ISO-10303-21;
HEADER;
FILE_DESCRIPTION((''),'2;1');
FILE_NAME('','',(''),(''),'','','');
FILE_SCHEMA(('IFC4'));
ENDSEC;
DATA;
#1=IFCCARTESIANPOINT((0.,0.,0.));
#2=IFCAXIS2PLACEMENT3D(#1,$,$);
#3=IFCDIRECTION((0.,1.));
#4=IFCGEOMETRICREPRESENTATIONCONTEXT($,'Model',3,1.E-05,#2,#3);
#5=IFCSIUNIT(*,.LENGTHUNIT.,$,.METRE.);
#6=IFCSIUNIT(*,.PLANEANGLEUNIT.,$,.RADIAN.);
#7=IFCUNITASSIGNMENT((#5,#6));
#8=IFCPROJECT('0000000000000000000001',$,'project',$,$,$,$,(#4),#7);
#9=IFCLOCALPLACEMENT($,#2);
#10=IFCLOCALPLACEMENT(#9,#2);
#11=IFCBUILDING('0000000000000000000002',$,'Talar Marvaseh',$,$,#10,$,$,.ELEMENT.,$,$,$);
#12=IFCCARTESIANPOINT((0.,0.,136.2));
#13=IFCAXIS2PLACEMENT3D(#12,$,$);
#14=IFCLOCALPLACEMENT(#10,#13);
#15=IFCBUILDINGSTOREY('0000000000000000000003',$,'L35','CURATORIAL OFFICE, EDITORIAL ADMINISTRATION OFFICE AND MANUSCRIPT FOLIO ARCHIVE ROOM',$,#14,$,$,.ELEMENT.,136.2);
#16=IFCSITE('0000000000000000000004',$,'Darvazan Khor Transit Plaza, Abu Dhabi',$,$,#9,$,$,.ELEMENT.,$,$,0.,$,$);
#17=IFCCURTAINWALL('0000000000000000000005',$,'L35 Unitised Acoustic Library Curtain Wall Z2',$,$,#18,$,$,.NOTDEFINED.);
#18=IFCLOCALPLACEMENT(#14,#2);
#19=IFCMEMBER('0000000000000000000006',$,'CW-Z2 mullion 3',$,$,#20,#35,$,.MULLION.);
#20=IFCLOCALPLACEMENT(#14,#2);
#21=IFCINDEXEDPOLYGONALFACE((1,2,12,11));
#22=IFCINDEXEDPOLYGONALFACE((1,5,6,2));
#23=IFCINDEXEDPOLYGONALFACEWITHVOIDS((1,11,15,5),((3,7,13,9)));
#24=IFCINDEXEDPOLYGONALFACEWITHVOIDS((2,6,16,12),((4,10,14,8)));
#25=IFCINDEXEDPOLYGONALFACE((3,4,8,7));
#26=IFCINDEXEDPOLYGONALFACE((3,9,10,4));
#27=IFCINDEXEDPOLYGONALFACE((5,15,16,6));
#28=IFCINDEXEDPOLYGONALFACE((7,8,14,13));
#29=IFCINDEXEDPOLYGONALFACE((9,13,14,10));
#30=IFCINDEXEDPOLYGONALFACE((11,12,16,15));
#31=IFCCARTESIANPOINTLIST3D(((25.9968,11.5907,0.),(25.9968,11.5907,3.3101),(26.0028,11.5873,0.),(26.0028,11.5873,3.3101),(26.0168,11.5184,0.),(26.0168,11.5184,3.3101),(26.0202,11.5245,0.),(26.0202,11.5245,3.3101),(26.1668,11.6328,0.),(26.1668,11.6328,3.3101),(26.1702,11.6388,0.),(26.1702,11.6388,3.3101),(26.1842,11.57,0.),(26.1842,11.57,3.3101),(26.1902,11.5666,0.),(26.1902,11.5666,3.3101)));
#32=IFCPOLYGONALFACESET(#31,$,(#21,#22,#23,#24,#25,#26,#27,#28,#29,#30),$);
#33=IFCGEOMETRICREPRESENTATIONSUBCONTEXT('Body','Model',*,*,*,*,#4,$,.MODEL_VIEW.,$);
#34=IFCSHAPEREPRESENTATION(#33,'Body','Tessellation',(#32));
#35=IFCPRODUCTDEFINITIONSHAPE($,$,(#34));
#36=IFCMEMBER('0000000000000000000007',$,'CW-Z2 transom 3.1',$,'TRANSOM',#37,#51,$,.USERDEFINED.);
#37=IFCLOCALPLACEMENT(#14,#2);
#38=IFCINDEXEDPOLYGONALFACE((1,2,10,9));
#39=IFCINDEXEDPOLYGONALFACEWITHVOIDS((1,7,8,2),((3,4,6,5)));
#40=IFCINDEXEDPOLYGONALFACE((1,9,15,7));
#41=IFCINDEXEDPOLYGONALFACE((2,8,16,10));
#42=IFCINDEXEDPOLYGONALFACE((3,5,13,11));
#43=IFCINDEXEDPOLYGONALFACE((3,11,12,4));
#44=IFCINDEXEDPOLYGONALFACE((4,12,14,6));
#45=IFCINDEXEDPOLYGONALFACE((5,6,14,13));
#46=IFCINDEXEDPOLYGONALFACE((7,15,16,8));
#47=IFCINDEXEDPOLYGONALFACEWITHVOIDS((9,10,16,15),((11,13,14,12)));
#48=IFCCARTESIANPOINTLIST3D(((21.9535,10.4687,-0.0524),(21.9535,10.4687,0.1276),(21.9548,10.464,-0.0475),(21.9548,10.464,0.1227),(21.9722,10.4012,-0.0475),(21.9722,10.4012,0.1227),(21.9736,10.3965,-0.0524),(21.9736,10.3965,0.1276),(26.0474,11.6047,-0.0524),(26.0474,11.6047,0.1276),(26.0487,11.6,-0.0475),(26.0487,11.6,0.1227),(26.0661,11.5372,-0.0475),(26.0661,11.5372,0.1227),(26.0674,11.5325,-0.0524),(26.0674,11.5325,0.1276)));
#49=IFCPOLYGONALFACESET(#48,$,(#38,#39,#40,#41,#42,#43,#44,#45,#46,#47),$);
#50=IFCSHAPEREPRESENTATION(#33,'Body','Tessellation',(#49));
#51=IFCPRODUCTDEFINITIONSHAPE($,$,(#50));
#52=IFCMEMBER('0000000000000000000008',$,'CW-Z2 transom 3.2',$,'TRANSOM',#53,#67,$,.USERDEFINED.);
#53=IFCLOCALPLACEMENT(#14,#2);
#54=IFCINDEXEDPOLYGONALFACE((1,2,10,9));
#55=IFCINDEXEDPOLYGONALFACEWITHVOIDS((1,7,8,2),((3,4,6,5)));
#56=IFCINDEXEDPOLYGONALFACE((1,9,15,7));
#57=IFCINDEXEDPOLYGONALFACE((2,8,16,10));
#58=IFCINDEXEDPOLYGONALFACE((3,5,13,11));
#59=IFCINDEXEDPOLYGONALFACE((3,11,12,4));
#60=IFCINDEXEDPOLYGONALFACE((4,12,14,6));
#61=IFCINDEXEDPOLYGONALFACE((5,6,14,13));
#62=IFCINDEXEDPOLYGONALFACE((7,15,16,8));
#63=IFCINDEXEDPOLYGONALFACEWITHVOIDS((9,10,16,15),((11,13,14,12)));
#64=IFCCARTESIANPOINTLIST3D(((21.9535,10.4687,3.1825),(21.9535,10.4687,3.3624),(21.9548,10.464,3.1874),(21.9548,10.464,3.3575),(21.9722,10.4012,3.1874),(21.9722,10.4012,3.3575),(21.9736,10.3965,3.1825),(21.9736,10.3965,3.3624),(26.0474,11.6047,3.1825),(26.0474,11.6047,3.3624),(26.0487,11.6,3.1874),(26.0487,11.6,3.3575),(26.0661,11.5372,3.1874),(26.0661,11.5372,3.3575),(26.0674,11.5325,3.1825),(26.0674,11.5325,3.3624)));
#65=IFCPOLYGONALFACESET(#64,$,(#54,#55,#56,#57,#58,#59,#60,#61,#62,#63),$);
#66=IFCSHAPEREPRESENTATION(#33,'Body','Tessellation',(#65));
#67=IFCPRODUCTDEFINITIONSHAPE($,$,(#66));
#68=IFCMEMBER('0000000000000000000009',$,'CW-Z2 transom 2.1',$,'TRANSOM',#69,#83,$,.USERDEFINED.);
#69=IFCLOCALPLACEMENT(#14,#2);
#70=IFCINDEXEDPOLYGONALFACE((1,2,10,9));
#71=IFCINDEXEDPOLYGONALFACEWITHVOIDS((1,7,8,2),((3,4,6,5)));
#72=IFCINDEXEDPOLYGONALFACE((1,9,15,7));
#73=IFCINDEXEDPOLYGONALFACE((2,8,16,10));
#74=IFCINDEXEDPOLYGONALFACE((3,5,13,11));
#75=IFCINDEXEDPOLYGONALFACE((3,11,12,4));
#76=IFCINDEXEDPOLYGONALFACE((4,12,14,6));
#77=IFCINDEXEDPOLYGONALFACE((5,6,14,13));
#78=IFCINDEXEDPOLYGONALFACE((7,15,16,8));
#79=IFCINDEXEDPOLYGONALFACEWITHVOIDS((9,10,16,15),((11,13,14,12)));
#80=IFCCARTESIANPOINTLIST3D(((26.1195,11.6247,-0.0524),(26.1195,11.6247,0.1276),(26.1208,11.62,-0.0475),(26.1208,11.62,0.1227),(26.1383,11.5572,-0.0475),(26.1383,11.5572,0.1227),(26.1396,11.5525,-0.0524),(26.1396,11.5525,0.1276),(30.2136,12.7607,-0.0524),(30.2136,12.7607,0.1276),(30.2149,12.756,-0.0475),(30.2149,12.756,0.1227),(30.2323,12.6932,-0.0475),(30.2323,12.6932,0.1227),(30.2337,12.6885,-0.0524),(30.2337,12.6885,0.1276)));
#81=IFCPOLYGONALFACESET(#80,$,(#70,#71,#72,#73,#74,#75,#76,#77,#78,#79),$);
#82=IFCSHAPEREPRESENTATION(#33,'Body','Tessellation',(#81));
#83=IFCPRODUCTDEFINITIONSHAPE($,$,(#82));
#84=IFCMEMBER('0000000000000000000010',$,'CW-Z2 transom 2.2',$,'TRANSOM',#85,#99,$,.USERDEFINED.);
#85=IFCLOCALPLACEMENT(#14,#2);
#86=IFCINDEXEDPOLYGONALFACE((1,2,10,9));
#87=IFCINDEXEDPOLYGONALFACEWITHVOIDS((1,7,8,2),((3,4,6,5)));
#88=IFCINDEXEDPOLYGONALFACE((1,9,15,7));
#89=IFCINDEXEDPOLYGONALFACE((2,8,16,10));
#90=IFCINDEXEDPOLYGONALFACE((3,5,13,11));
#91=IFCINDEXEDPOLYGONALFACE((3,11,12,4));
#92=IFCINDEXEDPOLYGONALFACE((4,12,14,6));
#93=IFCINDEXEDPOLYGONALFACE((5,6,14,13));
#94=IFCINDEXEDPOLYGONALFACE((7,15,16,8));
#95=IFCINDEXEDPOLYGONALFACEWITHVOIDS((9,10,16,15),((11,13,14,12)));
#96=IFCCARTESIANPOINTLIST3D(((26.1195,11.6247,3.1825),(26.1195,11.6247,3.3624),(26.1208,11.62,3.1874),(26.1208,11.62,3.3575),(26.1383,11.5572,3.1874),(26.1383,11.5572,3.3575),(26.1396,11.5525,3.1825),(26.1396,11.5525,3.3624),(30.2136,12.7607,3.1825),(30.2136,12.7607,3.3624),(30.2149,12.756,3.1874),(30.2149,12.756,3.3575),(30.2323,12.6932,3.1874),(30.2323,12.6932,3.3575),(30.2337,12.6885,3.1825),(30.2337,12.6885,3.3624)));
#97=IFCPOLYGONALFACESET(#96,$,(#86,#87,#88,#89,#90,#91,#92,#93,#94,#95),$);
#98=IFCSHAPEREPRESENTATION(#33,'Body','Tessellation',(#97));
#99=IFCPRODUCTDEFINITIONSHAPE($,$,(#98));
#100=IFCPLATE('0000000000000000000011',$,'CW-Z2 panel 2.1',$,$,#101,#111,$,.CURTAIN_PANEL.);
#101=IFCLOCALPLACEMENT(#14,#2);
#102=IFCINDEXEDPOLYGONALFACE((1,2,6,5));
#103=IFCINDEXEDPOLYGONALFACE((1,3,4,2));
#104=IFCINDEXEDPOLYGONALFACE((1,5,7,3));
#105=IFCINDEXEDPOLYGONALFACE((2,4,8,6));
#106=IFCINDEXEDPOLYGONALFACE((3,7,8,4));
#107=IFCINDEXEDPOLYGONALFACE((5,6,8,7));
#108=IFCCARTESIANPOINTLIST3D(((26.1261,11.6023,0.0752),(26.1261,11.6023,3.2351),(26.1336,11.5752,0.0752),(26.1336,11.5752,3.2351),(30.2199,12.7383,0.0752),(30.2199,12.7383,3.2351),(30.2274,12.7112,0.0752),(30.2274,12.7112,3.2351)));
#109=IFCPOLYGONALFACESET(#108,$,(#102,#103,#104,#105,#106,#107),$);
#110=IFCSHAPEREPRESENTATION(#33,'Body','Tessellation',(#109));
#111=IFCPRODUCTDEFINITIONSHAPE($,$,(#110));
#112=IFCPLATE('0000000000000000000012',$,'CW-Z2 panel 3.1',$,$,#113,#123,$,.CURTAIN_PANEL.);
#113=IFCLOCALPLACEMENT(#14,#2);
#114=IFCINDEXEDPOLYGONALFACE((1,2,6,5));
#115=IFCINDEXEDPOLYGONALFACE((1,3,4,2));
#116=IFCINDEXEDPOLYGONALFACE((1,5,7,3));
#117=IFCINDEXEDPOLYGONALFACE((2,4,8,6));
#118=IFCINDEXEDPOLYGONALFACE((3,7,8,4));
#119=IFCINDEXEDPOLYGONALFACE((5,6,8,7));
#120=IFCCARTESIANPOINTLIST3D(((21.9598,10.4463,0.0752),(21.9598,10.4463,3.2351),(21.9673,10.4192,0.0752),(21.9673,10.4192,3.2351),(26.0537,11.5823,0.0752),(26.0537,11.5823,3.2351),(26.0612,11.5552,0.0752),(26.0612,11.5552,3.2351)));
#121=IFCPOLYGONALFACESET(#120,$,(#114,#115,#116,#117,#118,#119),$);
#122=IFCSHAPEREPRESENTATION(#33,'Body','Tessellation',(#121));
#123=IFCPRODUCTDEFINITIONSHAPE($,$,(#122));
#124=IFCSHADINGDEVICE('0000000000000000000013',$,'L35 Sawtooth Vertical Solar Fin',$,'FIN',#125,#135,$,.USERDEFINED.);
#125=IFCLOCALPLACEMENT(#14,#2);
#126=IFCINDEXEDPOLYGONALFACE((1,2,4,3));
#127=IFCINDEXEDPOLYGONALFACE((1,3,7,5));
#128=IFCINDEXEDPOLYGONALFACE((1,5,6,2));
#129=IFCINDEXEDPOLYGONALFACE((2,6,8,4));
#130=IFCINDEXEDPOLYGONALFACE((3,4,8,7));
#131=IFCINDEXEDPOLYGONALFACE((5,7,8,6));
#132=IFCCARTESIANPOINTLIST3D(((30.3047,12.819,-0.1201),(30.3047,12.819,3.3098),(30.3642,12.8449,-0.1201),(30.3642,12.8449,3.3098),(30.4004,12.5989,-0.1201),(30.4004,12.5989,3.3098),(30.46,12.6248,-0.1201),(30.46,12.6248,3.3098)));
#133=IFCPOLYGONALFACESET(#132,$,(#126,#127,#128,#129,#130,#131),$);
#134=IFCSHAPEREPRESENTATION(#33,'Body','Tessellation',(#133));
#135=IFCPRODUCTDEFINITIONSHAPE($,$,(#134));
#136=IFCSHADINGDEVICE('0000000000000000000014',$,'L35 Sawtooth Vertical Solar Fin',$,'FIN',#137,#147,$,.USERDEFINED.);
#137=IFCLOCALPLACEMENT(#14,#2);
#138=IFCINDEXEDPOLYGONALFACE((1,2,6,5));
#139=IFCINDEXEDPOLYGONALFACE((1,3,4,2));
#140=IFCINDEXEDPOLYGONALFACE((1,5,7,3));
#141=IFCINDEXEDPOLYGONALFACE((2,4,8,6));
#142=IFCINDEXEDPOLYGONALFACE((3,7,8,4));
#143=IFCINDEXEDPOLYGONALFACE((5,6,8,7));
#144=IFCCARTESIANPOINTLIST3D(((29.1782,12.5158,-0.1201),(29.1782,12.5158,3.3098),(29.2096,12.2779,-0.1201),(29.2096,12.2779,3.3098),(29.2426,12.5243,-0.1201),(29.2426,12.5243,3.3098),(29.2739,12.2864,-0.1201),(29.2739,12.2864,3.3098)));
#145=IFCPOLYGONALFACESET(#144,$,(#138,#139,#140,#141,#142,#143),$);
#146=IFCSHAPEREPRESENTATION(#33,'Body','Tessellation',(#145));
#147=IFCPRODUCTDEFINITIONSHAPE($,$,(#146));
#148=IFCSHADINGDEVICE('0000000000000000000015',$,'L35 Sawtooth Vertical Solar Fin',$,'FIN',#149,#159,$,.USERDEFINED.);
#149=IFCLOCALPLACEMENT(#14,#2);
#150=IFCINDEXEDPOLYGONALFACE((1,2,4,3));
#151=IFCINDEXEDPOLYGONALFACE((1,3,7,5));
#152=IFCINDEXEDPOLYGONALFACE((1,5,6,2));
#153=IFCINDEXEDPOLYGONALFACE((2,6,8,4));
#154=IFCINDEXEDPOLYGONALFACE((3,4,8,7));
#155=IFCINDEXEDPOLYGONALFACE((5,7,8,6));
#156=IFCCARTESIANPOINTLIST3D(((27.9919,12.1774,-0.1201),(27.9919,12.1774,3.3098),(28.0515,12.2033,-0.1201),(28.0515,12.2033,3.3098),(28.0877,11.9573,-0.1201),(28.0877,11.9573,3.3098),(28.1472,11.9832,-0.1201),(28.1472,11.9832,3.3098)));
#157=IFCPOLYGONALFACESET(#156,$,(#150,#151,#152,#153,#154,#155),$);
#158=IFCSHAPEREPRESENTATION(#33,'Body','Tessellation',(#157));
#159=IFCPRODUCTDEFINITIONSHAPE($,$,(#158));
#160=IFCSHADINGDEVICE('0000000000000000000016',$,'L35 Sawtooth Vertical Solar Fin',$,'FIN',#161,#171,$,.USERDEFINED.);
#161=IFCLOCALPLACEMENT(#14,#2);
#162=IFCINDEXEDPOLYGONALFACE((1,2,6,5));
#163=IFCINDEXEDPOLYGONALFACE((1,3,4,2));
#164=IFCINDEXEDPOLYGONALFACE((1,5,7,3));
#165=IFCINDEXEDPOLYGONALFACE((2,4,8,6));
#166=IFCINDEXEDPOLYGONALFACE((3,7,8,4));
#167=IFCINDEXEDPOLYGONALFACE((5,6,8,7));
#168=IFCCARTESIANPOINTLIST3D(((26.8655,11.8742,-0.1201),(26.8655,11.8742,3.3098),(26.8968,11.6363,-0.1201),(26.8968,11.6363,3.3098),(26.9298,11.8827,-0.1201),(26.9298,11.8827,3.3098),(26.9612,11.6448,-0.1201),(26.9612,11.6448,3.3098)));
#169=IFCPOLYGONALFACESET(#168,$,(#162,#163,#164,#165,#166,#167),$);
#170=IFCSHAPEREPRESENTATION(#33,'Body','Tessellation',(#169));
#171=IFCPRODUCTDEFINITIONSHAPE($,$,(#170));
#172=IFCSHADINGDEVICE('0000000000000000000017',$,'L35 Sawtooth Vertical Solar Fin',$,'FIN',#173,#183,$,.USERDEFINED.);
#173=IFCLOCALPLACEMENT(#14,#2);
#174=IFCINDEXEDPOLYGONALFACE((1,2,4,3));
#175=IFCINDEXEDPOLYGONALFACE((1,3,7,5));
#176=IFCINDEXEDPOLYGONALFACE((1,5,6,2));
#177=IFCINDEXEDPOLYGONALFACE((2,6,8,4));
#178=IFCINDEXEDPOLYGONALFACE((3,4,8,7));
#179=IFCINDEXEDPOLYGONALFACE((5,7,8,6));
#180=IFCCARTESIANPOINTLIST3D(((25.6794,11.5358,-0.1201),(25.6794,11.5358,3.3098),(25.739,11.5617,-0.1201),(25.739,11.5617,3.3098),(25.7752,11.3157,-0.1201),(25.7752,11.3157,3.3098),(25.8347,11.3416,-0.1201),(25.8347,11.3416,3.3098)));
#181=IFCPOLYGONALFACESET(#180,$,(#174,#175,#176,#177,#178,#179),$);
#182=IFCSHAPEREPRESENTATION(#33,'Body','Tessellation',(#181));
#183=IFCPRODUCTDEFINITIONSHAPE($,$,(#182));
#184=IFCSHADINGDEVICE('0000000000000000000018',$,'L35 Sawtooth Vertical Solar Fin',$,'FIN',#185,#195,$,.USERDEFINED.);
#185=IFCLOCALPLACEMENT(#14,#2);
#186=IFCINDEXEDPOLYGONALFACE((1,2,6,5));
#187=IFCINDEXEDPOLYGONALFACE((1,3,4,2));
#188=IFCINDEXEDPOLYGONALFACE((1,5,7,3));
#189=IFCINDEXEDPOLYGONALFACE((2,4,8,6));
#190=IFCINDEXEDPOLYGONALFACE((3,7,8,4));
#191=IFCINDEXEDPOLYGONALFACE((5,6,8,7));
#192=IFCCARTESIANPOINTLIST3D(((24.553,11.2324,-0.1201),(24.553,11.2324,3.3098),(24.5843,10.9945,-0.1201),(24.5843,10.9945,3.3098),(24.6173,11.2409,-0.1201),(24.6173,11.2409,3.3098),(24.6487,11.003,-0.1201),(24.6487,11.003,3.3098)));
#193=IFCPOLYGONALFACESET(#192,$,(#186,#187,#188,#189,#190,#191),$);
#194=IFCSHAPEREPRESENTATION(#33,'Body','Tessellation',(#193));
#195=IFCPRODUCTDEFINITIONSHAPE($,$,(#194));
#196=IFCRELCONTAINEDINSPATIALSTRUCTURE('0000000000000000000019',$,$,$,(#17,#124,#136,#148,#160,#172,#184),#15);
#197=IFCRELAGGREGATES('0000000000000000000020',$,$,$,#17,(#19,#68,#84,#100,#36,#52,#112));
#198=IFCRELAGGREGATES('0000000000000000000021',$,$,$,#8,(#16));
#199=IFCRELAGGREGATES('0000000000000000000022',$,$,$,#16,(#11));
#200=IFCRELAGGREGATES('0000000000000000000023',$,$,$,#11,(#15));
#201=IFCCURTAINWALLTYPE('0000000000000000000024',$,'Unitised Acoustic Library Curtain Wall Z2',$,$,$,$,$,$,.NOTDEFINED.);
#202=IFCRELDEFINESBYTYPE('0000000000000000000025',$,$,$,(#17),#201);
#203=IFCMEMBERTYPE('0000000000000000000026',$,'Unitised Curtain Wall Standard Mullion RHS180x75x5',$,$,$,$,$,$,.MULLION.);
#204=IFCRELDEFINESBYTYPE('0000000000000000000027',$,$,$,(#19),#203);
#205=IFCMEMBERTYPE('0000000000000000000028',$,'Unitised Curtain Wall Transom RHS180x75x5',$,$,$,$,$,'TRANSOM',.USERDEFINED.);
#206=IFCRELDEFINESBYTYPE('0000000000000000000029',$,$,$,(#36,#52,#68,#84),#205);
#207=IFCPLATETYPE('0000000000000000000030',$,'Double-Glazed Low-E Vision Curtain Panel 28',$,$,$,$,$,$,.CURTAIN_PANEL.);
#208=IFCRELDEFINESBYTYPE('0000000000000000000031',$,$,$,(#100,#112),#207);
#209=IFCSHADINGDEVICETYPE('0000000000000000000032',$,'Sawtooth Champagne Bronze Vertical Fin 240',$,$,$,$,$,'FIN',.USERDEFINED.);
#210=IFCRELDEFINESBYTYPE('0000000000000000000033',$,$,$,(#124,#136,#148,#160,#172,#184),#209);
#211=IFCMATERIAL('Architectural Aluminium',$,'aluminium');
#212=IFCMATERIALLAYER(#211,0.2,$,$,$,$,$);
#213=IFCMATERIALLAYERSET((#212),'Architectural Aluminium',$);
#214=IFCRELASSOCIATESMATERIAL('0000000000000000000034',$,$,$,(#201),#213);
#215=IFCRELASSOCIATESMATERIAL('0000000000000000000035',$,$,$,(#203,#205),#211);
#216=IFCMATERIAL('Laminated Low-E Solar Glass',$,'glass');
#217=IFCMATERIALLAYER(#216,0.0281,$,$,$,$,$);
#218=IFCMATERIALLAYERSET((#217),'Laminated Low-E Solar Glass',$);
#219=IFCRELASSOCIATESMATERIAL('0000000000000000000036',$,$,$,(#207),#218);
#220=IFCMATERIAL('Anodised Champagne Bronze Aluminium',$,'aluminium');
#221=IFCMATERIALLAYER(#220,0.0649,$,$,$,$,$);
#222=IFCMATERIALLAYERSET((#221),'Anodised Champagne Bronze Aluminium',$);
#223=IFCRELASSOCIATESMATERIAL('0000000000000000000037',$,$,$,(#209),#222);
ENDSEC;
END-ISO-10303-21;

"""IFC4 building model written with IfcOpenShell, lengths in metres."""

from ifc_helpers import new_model, si_unit, direction, frame, origin, origin_2d, place, context, subcontext, project, spatial, rectangle, hollow_rectangle, extrude, source, transform, mapped, material, layer, layer_set, material_profile, profile_set, type_object, type_shapes, element, aggregate, save


model = new_model("IFC4")

# Units and contexts
model_context = context("Model", 3, precision=1e-05, world=origin(), true_north=direction((0.0, 1.0)))
body_context = subcontext(model_context, "Body", "Model", "MODEL_VIEW")
ifc_project = project(units=[si_unit("LENGTHUNIT", "METRE"), si_unit("PLANEANGLEUNIT", "RADIAN")], contexts=[model_context])

# Site, building, storey
site_placement = place(None, origin())
site = spatial("IfcSite", under=ifc_project, at=site_placement, Name="Darvazan Khor Transit Plaza, Abu Dhabi", CompositionType="ELEMENT", RefElevation=0.0)
building_placement = place(site_placement, origin())
building = spatial("IfcBuilding", under=site, at=building_placement, Name="Talar Marvaseh", CompositionType="ELEMENT")
storey_placement = place(building_placement, frame((0.0, 0.0, 136.2)))
storey = spatial("IfcBuildingStorey", under=building, at=storey_placement, Name="L35", Description="CURATORIAL OFFICE, EDITORIAL ADMINISTRATION OFFICE AND MANUSCRIPT FOLIO ARCHIVE ROOM", CompositionType="ELEMENT", Elevation=136.2)

# Curtain wall, members, plates
ifc_material_1 = material(Name="Architectural Aluminium", Category="aluminium")
ifc_layer_1 = layer(ifc_material_1, 0.2)
ifc_layer_set_1 = layer_set([ifc_layer_1], Name="Architectural Aluminium")
curtain_wall_type = type_object("IfcCurtainWallType", Name="Unitised Acoustic Library Curtain Wall Z2", PredefinedType="NOTDEFINED", material=ifc_layer_set_1)
curtain_wall_placement = place(storey_placement, origin())
curtain_wall = element("IfcCurtainWall", 1, at=curtain_wall_placement, inside=storey, type_object=curtain_wall_type, Name="L35 Unitised Acoustic Library Curtain Wall Z2", PredefinedType="NOTDEFINED")
ifc_material_profile_1 = material_profile(ifc_material_1, hollow_rectangle(XDim=0.075, YDim=0.1799, WallThickness=0.0049, at=origin_2d()), Name="RHS180x75x5")
ifc_profile_set_1 = profile_set([ifc_material_profile_1], Name="Architectural Aluminium")
member_type_1 = type_object("IfcMemberType", Name="Unitised Curtain Wall Standard Mullion RHS180x75x5", PredefinedType="MULLION", material=ifc_profile_set_1)
shared_shape_1 = source(origin(), body_context, "Body", "SweptSolid", [
    extrude(hollow_rectangle(XDim=0.075, YDim=0.1799, WallThickness=0.0049, at=origin_2d()), origin(), (0.0, 0.0, 1.0), 3.3101),
])
type_shapes(member_type_1, [shared_shape_1])
member_1_placement = place(storey_placement, frame((26.0935, 11.5786, 0.0), z_axis=(0.0, 0.0, 1.0), x_axis=(0.267388, -0.963589, 0.0)))
member_1 = element("IfcMember", 2, at=member_1_placement, type_object=member_type_1, Name="CW-Z2 mullion 3", PredefinedType="MULLION", context=body_context, shape_type="MappedRepresentation", body=[
    mapped(shared_shape_1, transform((0.0, 0.0, 0.0), x_axis=(1.0, 0.0, 0.0), y_axis=(0.0, 1.0, 0.0), z_axis=(0.0, 0.0, 1.0), scale=1.0)),
])
ifc_material_profile_2 = material_profile(ifc_material_1, hollow_rectangle(XDim=0.075, YDim=0.1799, WallThickness=0.0049, at=origin_2d()), Name="RHS180x75x5")
ifc_profile_set_2 = profile_set([ifc_material_profile_2], Name="Architectural Aluminium")
member_type_2 = type_object("IfcMemberType", Name="Unitised Curtain Wall Transom RHS180x75x5", ElementType="TRANSOM", PredefinedType="USERDEFINED", material=ifc_profile_set_2)
shared_shape_2 = source(origin(), body_context, "Body", "SweptSolid", [
    extrude(hollow_rectangle(XDim=0.075, YDim=0.1799, WallThickness=0.0049, at=origin_2d()), origin(), (0.0, 0.0, 1.0), 4.2485),
])
member_2_placement = place(storey_placement, frame((26.0574, 11.5686, 0.0376), z_axis=(-0.963589, -0.267389, 0.0), x_axis=(0.267389, -0.963589, 0.0)))
member_2 = element("IfcMember", 3, at=member_2_placement, type_object=member_type_2, Name="CW-Z2 transom 3.1", ObjectType="TRANSOM", PredefinedType="USERDEFINED", context=body_context, shape_type="MappedRepresentation", body=[
    mapped(shared_shape_2, transform((0.0, 0.0, 0.0), x_axis=(1.0, 0.0, 0.0), y_axis=(0.0, 1.0, 0.0), z_axis=(0.0, 0.0, 1.0), scale=1.0)),
])
member_3_placement = place(storey_placement, frame((26.0574, 11.5686, 3.2725), z_axis=(-0.963589, -0.267389, 0.0), x_axis=(0.267389, -0.963589, 0.0)))
member_3 = element("IfcMember", 4, at=member_3_placement, type_object=member_type_2, Name="CW-Z2 transom 3.2", ObjectType="TRANSOM", PredefinedType="USERDEFINED", context=body_context, shape_type="MappedRepresentation", body=[
    mapped(shared_shape_2, transform((0.0, 0.0, 0.0), x_axis=(1.0, 0.0, 0.0), y_axis=(0.0, 1.0, 0.0), z_axis=(0.0, 0.0, 1.0), scale=1.0)),
])
shared_shape_3 = source(origin(), body_context, "Body", "SweptSolid", [
    extrude(hollow_rectangle(XDim=0.075, YDim=0.1799, WallThickness=0.0049, at=origin_2d()), origin(), (0.0, 0.0, 1.0), 4.2488),
])
type_shapes(member_type_2, [shared_shape_2, shared_shape_3])
member_4_placement = place(storey_placement, frame((30.2236, 12.7246, 0.0376), z_axis=(-0.963593, -0.267374, 0.0), x_axis=(0.267374, -0.963593, 0.0)))
member_4 = element("IfcMember", 5, at=member_4_placement, type_object=member_type_2, Name="CW-Z2 transom 2.1", ObjectType="TRANSOM", PredefinedType="USERDEFINED", context=body_context, shape_type="MappedRepresentation", body=[
    mapped(shared_shape_3, transform((0.0, 0.0, 0.0), x_axis=(1.0, 0.0, 0.0), y_axis=(0.0, 1.0, 0.0), z_axis=(0.0, 0.0, 1.0), scale=1.0)),
])
member_5_placement = place(storey_placement, frame((30.2236, 12.7246, 3.2725), z_axis=(-0.963593, -0.267374, 0.0), x_axis=(0.267374, -0.963593, 0.0)))
member_5 = element("IfcMember", 6, at=member_5_placement, type_object=member_type_2, Name="CW-Z2 transom 2.2", ObjectType="TRANSOM", PredefinedType="USERDEFINED", context=body_context, shape_type="MappedRepresentation", body=[
    mapped(shared_shape_3, transform((0.0, 0.0, 0.0), x_axis=(1.0, 0.0, 0.0), y_axis=(0.0, 1.0, 0.0), z_axis=(0.0, 0.0, 1.0), scale=1.0)),
])
ifc_material_2 = material(Name="Laminated Low-E Solar Glass", Category="glass")
ifc_layer_2 = layer(ifc_material_2, 0.0281)
ifc_layer_set_2 = layer_set([ifc_layer_2], Name="Laminated Low-E Solar Glass")
plate_type = type_object("IfcPlateType", Name="Double-Glazed Low-E Vision Curtain Panel 28", PredefinedType="CURTAIN_PANEL", material=ifc_layer_set_2)
shared_shape_4 = source(origin(), body_context, "Body", "SweptSolid", [
    extrude(rectangle(XDim=4.2485, YDim=0.0281, at=origin_2d()), origin(), (0.0, 0.0, 1.0), 3.1599),
])
type_shapes(plate_type, [shared_shape_4])
plate_1_placement = place(storey_placement, frame((28.1768, 12.1567, 0.0752), z_axis=(0.0, 0.0, 1.0), x_axis=(-0.963589, -0.267388, 0.0)))
plate_1 = element("IfcPlate", 7, at=plate_1_placement, type_object=plate_type, Name="CW-Z2 panel 2.1", PredefinedType="CURTAIN_PANEL", context=body_context, shape_type="MappedRepresentation", body=[
    mapped(shared_shape_4, transform((0.0, 0.0, 0.0), x_axis=(1.0, 0.0, 0.0), y_axis=(0.0, 1.0, 0.0), z_axis=(0.0, 0.0, 1.0), scale=1.0)),
])
plate_2_placement = place(storey_placement, frame((24.0105, 11.0007, 0.0752), z_axis=(0.0, 0.0, 1.0), x_axis=(-0.963589, -0.267388, 0.0)))
plate_2 = element("IfcPlate", 8, at=plate_2_placement, type_object=plate_type, Name="CW-Z2 panel 3.1", PredefinedType="CURTAIN_PANEL", context=body_context, shape_type="MappedRepresentation", body=[
    mapped(shared_shape_4, transform((0.0, 0.0, 0.0), x_axis=(1.0, 0.0, 0.0), y_axis=(0.0, 1.0, 0.0), z_axis=(0.0, 0.0, 1.0), scale=1.0)),
])
aggregate(curtain_wall, [member_1, member_4, member_5, plate_1, member_2, member_3, plate_2])

# Shading devices
ifc_material_3 = material(Name="Anodised Champagne Bronze Aluminium", Category="aluminium")
ifc_layer_3 = layer(ifc_material_3, 0.0649)
ifc_layer_set_3 = layer_set([ifc_layer_3], Name="Anodised Champagne Bronze Aluminium")
shading_device_type = type_object("IfcShadingDeviceType", Name="Sawtooth Champagne Bronze Vertical Fin 240", ElementType="FIN", PredefinedType="USERDEFINED", material=ifc_layer_set_3)
shared_shape_5 = source(origin(), body_context, "Body", "SweptSolid", [
    extrude(rectangle(XDim=0.24, YDim=0.0649, at=origin_2d()), origin(), (0.0, 0.0, 1.0), 3.4299),
])
type_shapes(shading_device_type, [shared_shape_5])
for number, where, z_axis, x_axis, name in (
    (9, (30.3823, 12.7219, -0.1201), (0.0, 0.0, 1.0), (0.398909, -0.91699, 0.0), "L35 Sawtooth Vertical Solar Fin"),
    (10, (29.2261, 12.4011, -0.1201), (0.0, 0.0, 1.0), (0.130699, -0.991422, 0.0), "L35 Sawtooth Vertical Solar Fin"),
    (11, (28.0696, 12.0803, -0.1201), (0.0, 0.0, 1.0), (0.398909, -0.91699, 0.0), "L35 Sawtooth Vertical Solar Fin"),
    (12, (26.9133, 11.7595, -0.1201), (0.0, 0.0, 1.0), (0.130699, -0.991422, 0.0), "L35 Sawtooth Vertical Solar Fin"),
    (13, (25.7571, 11.4387, -0.1201), (0.0, 0.0, 1.0), (0.398909, -0.91699, 0.0), "L35 Sawtooth Vertical Solar Fin"),
    (14, (24.6008, 11.1177, -0.1201), (0.0, 0.0, 1.0), (0.130699, -0.991422, 0.0), "L35 Sawtooth Vertical Solar Fin"),
):
    element("IfcShadingDevice", number, at=place(storey_placement, frame(where, z_axis=z_axis, x_axis=x_axis)), inside=storey, type_object=shading_device_type, Name=name, ObjectType="FIN", PredefinedType="USERDEFINED", context=body_context, shape_type="MappedRepresentation", body=[
        mapped(shared_shape_5, transform((0.0, 0.0, 0.0), x_axis=(1.0, 0.0, 0.0), y_axis=(0.0, 1.0, 0.0), z_axis=(0.0, 0.0, 1.0), scale=1.0)),
    ])

save(model, "model.ifc")
